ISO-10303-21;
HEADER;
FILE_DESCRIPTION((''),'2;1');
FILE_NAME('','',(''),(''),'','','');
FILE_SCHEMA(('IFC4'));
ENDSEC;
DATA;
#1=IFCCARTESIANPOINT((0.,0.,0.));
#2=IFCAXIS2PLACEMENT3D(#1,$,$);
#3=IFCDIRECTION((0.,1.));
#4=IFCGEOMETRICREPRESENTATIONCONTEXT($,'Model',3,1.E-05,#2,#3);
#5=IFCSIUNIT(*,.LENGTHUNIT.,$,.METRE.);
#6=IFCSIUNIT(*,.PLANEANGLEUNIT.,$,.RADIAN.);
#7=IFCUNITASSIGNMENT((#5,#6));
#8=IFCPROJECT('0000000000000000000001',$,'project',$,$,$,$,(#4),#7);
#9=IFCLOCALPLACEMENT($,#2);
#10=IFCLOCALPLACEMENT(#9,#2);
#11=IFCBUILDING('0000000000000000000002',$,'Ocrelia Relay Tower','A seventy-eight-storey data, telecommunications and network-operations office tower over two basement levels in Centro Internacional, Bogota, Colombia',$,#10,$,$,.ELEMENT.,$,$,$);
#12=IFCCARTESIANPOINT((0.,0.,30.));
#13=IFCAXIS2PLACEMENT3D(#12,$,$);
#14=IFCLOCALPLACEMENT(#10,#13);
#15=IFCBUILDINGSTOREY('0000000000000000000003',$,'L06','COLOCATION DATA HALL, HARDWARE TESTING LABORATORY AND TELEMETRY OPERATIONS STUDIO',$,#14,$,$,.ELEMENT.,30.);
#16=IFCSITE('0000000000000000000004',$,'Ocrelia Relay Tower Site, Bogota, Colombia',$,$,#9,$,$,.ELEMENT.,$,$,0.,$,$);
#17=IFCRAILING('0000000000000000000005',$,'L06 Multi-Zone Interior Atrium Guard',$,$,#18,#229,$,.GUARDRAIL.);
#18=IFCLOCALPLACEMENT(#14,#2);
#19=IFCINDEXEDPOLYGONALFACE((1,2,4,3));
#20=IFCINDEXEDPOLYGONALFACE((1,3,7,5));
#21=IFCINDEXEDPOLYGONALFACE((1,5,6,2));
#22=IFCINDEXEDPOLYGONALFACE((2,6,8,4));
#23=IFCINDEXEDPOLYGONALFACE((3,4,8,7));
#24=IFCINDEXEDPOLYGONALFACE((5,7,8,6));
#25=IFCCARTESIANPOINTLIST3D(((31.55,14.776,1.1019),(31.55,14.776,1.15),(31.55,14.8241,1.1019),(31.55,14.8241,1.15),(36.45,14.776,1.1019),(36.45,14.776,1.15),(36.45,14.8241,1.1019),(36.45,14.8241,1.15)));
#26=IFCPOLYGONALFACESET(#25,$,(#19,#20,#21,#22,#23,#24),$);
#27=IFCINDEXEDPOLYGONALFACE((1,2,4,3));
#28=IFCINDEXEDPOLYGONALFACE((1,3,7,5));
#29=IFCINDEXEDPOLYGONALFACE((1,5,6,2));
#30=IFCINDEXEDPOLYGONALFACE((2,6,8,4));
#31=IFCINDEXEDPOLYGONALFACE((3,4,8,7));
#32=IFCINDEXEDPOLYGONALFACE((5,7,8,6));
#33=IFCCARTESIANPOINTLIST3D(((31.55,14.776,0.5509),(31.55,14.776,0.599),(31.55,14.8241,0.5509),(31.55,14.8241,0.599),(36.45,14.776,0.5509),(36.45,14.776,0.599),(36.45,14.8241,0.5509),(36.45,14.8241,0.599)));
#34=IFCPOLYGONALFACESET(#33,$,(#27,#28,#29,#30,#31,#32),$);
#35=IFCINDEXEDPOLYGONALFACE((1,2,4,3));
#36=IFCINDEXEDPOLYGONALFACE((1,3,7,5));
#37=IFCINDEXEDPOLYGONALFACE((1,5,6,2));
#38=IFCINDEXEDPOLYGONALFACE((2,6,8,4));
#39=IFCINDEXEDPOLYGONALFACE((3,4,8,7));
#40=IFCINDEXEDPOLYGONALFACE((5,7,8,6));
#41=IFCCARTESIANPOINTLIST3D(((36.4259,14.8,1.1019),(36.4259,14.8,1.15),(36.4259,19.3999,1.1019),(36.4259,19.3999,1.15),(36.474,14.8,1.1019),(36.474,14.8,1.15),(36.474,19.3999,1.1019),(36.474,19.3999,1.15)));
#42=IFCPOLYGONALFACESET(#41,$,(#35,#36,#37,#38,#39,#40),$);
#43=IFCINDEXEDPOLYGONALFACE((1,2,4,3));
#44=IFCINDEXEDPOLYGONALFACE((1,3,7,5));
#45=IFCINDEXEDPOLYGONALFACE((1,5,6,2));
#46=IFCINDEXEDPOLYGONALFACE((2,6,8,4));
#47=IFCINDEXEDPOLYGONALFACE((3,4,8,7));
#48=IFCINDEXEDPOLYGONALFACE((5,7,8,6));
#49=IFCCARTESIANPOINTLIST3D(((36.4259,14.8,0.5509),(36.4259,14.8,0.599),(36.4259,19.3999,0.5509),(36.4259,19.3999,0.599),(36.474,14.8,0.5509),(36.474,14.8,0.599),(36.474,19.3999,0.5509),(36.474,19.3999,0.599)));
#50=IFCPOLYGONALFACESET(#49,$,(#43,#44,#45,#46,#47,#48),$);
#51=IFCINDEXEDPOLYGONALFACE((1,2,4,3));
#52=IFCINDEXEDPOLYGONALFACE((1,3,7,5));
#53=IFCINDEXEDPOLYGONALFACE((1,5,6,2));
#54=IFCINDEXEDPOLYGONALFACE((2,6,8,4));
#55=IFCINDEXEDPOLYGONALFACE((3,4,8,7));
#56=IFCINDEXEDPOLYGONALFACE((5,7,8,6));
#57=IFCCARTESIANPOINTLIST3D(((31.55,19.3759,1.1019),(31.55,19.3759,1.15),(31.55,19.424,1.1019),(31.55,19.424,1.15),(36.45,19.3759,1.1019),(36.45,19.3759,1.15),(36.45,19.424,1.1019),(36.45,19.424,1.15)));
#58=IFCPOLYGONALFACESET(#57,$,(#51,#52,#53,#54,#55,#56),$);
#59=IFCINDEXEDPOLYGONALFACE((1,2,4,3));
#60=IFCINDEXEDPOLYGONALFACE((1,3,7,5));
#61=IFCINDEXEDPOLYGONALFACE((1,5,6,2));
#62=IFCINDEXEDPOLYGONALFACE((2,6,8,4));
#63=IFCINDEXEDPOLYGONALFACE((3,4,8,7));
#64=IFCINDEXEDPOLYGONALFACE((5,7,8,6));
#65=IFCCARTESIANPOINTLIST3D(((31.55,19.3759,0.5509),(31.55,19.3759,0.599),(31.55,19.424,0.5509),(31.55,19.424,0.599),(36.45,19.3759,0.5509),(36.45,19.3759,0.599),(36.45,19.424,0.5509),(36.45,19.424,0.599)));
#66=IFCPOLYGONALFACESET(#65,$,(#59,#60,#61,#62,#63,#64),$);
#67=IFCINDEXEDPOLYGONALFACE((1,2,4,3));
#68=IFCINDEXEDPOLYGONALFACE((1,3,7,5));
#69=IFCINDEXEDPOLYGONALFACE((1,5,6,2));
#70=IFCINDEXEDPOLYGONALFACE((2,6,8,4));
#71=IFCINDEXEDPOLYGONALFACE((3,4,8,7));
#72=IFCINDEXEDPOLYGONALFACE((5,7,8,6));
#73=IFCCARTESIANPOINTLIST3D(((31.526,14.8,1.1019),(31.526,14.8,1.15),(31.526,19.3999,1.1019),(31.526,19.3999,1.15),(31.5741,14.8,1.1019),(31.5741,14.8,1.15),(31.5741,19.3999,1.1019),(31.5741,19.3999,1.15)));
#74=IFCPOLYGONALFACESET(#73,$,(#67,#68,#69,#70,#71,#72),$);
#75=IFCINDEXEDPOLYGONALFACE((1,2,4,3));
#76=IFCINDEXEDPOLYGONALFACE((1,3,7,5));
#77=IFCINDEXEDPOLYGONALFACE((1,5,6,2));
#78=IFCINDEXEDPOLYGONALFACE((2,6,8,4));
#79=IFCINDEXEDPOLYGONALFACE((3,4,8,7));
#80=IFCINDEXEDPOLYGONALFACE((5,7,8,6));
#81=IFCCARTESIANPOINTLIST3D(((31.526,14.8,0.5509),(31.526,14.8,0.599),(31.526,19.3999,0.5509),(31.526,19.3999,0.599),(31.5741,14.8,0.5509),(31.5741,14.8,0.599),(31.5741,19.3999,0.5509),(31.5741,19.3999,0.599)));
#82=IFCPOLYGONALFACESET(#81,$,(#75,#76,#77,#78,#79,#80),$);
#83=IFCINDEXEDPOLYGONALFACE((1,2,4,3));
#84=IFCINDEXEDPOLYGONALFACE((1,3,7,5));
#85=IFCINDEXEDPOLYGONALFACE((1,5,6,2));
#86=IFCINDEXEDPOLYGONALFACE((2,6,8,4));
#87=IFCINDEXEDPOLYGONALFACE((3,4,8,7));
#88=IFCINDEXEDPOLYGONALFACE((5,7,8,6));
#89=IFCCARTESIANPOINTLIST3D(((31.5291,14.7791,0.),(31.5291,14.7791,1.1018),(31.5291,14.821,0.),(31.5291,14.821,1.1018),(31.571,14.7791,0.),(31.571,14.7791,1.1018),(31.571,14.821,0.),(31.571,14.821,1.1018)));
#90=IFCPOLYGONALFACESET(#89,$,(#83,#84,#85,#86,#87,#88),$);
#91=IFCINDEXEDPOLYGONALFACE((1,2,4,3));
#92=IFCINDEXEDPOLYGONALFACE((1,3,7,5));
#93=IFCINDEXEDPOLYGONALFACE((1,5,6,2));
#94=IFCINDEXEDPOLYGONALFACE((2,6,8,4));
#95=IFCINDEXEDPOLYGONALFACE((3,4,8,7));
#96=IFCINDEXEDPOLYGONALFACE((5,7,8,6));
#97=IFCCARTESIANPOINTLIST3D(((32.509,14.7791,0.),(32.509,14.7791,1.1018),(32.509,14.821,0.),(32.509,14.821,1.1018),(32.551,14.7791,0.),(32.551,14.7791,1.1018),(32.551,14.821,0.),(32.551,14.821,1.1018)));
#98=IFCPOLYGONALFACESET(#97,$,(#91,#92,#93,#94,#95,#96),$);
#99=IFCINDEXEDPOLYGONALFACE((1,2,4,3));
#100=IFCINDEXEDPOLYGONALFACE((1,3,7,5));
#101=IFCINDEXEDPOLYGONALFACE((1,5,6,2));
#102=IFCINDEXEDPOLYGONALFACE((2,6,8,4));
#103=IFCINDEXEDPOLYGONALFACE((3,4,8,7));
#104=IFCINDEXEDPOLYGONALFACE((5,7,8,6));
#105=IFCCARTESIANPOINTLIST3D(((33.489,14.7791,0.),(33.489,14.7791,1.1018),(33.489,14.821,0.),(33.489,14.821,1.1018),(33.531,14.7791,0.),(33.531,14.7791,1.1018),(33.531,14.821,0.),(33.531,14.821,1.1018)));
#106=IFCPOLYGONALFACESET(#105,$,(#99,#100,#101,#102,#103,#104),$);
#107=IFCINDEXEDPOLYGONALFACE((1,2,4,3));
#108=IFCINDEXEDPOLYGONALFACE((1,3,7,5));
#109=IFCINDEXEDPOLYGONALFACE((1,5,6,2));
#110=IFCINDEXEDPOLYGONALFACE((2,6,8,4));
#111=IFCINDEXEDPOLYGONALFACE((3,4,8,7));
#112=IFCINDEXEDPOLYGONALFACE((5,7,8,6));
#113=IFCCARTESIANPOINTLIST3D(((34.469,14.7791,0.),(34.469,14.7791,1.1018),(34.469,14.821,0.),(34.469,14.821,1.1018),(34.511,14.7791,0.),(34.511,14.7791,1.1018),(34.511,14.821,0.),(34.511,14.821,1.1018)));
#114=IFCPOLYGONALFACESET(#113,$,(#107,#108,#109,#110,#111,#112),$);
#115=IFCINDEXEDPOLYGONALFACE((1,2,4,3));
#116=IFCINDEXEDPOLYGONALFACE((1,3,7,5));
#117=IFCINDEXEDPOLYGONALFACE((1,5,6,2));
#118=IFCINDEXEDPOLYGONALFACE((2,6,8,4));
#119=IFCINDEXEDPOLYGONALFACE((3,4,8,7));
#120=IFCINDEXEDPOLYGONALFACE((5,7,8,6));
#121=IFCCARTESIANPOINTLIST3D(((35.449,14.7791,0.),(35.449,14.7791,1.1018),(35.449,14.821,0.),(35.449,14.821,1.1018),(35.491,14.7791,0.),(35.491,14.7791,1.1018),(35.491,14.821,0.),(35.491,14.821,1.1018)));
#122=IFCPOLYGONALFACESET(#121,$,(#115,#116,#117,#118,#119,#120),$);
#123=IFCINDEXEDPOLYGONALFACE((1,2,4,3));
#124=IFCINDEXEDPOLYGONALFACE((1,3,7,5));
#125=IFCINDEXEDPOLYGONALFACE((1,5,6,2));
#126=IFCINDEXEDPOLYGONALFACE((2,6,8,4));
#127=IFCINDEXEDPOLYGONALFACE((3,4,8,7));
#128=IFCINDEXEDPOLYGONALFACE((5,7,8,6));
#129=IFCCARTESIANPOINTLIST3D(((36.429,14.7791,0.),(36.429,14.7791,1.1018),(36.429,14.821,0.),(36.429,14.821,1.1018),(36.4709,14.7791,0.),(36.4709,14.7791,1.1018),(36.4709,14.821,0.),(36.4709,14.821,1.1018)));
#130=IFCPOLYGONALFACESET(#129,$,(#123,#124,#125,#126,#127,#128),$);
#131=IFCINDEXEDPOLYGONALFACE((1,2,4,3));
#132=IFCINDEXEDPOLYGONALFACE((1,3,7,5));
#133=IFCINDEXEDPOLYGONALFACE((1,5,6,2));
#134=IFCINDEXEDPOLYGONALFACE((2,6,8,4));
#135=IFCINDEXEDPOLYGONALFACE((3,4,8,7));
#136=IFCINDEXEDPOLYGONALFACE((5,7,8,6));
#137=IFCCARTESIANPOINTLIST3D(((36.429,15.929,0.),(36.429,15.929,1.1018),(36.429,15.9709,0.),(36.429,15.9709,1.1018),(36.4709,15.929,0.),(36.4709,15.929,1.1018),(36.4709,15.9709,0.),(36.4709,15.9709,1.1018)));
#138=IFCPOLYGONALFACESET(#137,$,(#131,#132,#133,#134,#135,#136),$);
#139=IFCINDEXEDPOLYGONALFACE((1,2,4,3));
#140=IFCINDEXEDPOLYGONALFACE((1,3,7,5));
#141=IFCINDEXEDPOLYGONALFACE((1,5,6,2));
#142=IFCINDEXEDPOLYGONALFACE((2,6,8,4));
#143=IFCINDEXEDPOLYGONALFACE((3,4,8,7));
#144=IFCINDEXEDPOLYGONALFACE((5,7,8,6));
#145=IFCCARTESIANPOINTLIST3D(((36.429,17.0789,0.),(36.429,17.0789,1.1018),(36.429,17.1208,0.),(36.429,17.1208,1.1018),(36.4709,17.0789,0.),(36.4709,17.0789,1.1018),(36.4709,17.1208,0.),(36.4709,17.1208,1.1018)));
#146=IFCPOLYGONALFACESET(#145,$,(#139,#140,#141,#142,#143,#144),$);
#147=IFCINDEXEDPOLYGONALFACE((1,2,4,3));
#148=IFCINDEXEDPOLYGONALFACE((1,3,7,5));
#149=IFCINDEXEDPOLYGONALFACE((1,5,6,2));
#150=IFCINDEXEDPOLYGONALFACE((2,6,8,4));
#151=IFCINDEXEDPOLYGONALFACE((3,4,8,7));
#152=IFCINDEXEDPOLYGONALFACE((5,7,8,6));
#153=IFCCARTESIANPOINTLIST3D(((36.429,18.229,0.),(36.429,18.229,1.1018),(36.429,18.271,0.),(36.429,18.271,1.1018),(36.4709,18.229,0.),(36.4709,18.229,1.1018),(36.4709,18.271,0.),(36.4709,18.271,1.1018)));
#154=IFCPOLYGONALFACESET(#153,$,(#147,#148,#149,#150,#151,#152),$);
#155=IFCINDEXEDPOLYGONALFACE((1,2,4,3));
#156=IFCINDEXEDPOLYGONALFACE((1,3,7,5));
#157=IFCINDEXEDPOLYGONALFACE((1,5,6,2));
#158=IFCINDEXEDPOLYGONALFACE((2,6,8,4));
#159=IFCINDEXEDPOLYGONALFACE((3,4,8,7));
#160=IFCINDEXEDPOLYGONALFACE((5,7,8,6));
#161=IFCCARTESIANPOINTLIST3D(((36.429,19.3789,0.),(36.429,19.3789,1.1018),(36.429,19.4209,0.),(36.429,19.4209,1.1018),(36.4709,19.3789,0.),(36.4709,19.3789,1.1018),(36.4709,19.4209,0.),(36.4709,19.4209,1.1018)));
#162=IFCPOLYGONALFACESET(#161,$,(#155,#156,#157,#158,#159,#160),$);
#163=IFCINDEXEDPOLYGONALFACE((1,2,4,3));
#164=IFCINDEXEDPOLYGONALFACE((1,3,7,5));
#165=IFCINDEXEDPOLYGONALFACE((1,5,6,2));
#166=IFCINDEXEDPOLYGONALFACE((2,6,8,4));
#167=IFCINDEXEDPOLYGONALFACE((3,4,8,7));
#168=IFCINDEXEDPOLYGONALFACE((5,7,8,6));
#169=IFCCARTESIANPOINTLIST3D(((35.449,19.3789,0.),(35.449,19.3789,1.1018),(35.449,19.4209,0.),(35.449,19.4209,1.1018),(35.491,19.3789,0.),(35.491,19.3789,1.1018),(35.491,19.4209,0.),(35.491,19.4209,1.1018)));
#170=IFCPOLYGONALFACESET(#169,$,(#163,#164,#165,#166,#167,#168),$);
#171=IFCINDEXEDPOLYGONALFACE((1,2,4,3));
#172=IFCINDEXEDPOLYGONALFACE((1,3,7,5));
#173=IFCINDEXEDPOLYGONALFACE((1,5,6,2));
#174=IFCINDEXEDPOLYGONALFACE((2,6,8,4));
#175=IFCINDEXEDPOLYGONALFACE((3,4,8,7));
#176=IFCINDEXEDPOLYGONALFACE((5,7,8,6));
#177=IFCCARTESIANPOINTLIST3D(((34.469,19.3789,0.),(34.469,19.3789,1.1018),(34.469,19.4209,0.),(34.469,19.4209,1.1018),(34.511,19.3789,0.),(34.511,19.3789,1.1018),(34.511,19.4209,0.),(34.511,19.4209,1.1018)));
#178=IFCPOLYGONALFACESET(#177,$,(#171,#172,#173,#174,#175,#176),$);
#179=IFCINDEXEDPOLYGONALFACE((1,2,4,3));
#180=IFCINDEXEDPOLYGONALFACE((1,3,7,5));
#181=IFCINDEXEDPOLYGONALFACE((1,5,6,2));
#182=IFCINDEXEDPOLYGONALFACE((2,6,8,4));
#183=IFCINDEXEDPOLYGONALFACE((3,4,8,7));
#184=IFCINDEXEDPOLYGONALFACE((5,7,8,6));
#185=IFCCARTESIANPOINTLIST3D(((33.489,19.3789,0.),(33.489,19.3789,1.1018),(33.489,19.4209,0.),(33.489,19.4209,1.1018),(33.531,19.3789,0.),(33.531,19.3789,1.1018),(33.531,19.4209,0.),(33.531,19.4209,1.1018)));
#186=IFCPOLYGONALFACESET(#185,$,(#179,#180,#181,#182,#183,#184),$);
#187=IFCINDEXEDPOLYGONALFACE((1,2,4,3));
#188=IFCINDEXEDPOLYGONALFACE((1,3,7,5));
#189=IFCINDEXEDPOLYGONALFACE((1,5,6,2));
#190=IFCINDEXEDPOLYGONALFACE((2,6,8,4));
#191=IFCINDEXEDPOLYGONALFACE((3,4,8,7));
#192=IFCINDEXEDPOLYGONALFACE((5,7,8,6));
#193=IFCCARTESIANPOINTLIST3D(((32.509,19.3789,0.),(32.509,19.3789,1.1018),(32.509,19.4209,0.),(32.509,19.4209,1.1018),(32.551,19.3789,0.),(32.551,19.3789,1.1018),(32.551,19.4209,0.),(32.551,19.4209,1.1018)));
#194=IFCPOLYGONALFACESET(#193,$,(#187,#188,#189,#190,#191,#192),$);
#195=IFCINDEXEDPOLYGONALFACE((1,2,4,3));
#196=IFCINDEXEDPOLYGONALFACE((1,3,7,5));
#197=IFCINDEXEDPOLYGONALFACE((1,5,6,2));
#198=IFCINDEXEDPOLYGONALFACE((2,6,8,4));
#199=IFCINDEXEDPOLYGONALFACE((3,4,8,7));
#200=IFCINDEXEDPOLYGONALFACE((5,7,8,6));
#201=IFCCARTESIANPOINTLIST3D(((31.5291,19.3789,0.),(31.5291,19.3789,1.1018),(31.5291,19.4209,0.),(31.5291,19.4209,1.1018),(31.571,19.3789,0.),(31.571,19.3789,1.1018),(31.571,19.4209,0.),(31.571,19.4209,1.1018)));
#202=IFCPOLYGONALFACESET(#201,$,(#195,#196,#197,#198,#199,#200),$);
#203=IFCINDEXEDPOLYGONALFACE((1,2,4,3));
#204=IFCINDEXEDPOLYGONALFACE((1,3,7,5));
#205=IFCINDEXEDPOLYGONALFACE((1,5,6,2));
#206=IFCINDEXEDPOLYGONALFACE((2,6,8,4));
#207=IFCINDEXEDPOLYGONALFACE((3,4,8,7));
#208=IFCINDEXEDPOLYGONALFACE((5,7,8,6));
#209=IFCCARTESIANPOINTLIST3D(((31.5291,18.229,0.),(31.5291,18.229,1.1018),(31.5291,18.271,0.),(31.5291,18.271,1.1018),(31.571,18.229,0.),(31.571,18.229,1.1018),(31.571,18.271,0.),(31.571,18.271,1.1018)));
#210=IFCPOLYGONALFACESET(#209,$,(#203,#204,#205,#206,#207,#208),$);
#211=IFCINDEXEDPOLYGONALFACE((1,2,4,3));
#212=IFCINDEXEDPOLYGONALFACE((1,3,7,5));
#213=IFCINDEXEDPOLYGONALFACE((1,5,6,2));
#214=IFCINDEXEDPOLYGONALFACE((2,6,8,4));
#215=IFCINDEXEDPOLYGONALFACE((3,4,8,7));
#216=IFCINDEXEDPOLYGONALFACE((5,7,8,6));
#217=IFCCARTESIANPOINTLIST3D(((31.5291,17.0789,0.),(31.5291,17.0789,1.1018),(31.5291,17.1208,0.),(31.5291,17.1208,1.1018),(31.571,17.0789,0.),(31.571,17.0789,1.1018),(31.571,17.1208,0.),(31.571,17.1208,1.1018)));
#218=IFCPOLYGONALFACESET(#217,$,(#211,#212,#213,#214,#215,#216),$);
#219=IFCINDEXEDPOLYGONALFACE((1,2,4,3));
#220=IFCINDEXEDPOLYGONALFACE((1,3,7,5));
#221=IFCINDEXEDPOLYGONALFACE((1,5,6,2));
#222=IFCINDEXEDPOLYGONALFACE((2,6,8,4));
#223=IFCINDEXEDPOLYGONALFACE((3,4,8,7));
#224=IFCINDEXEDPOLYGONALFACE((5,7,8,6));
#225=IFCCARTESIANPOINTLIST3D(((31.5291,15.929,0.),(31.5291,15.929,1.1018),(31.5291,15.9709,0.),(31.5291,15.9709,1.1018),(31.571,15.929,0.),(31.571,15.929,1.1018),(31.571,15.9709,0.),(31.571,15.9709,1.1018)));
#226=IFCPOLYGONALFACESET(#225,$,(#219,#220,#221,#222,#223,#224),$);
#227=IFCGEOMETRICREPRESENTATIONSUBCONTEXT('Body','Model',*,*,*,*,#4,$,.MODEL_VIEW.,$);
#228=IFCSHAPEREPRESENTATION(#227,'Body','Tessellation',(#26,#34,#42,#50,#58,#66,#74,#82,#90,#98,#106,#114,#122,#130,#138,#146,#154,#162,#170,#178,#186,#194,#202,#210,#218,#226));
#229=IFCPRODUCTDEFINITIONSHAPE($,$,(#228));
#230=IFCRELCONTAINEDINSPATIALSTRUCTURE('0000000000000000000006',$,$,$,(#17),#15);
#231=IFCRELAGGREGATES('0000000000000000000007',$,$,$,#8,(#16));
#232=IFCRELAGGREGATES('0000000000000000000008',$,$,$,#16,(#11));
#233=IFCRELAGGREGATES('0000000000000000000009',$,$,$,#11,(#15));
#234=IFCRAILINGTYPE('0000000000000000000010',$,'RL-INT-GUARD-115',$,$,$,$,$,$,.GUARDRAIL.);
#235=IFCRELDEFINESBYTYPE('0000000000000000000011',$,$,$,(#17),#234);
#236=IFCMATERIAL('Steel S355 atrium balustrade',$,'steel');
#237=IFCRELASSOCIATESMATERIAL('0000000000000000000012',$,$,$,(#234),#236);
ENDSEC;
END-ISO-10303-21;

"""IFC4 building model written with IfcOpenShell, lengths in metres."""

from ifc_helpers import new_model, si_unit, direction, frame, origin, origin_2d, place, context, subcontext, project, spatial, rectangle, extrude, material, type_object, element, save


model = new_model("IFC4")

# Units and contexts
model_context = context("Model", 3, precision=1e-05, world=origin(), true_north=direction((0.0, 1.0)))
body_context = subcontext(model_context, "Body", "Model", "MODEL_VIEW")
ifc_project = project(units=[si_unit("LENGTHUNIT", "METRE"), si_unit("PLANEANGLEUNIT", "RADIAN")], contexts=[model_context])

# Site, building, storey
site_placement = place(None, origin())
site = spatial("IfcSite", under=ifc_project, at=site_placement, Name="Ocrelia Relay Tower Site, Bogota, Colombia", CompositionType="ELEMENT", RefElevation=0.0)
building_placement = place(site_placement, origin())
building = spatial("IfcBuilding", under=site, at=building_placement, Name="Ocrelia Relay Tower", Description="A seventy-eight-storey data, telecommunications and network-operations office tower over two basement levels in Centro Internacional, Bogota, Colombia", CompositionType="ELEMENT")
storey_placement = place(building_placement, frame((0.0, 0.0, 30.0)))
storey = spatial("IfcBuildingStorey", under=building, at=storey_placement, Name="L06", Description="COLOCATION DATA HALL, HARDWARE TESTING LABORATORY AND TELEMETRY OPERATIONS STUDIO", CompositionType="ELEMENT", Elevation=30.0)

# Railing
ifc_material_1 = material(Name="Steel S355 atrium balustrade", Category="steel")
railing_type_1 = type_object("IfcRailingType", Name="RL-INT-GUARD-115", PredefinedType="GUARDRAIL", material=ifc_material_1)
railing_1_placement = place(storey_placement, frame((31.55, 14.8, 0.0)))
element("IfcRailing", 1, at=railing_1_placement, inside=storey, type_object=railing_type_1, Name="L06 Multi-Zone Interior Atrium Guard", PredefinedType="GUARDRAIL", context=body_context, shape_type="SweptSolid", body=[
    extrude(rectangle(XDim=0.0481, YDim=0.0481, at=origin_2d()), frame((0.0, 0.0, 1.126), z_axis=(1.0, 0.0, 0.0), x_axis=(0.0, 1.0, 0.0)), (0.0, 0.0, 1.0), 4.8999),
    extrude(rectangle(XDim=0.0481, YDim=0.0481, at=origin_2d()), frame((0.0, 0.0, 0.575), z_axis=(1.0, 0.0, 0.0), x_axis=(0.0, 1.0, 0.0)), (0.0, 0.0, 1.0), 4.8999),
    extrude(rectangle(XDim=0.0481, YDim=0.0481, at=origin_2d()), frame((4.8999, 0.0, 1.126), z_axis=(0.0, 1.0, 0.0), x_axis=(-1.0, 0.0, 0.0)), (0.0, 0.0, 1.0), 4.5999),
    extrude(rectangle(XDim=0.0481, YDim=0.0481, at=origin_2d()), frame((4.8999, 0.0, 0.575), z_axis=(0.0, 1.0, 0.0), x_axis=(-1.0, 0.0, 0.0)), (0.0, 0.0, 1.0), 4.5999),
    extrude(rectangle(XDim=0.0481, YDim=0.0481, at=origin_2d()), frame((4.8999, 4.5999, 1.126), z_axis=(-1.0, 0.0, 0.0), x_axis=(0.0, -1.0, 0.0)), (0.0, 0.0, 1.0), 4.8999),
    extrude(rectangle(XDim=0.0481, YDim=0.0481, at=origin_2d()), frame((4.8999, 4.5999, 0.575), z_axis=(-1.0, 0.0, 0.0), x_axis=(0.0, -1.0, 0.0)), (0.0, 0.0, 1.0), 4.8999),
    extrude(rectangle(XDim=0.0481, YDim=0.0481, at=origin_2d()), frame((0.0, 4.5999, 1.126), z_axis=(0.0, -1.0, 0.0), x_axis=(1.0, 0.0, 0.0)), (0.0, 0.0, 1.0), 4.5999),
    extrude(rectangle(XDim=0.0481, YDim=0.0481, at=origin_2d()), frame((0.0, 4.5999, 0.575), z_axis=(0.0, -1.0, 0.0), x_axis=(1.0, 0.0, 0.0)), (0.0, 0.0, 1.0), 4.5999),
    extrude(rectangle(XDim=0.042, YDim=0.042, at=origin_2d()), origin(), (0.0, 0.0, 1.0), 1.1018),
    extrude(rectangle(XDim=0.042, YDim=0.042, at=origin_2d()), frame((0.98, 0.0, 0.0)), (0.0, 0.0, 1.0), 1.1018),
    extrude(rectangle(XDim=0.042, YDim=0.042, at=origin_2d()), frame((1.96, 0.0, 0.0)), (0.0, 0.0, 1.0), 1.1018),
    extrude(rectangle(XDim=0.042, YDim=0.042, at=origin_2d()), frame((2.9399, 0.0, 0.0)), (0.0, 0.0, 1.0), 1.1018),
    extrude(rectangle(XDim=0.042, YDim=0.042, at=origin_2d()), frame((3.9199, 0.0, 0.0)), (0.0, 0.0, 1.0), 1.1018),
    extrude(rectangle(XDim=0.042, YDim=0.042, at=origin_2d()), frame((4.8999, 0.0, 0.0)), (0.0, 0.0, 1.0), 1.1018),
    extrude(rectangle(XDim=0.042, YDim=0.042, at=origin_2d()), frame((4.8999, 1.1499, 0.0)), (0.0, 0.0, 1.0), 1.1018),
    extrude(rectangle(XDim=0.042, YDim=0.042, at=origin_2d()), frame((4.8999, 2.2998, 0.0)), (0.0, 0.0, 1.0), 1.1018),
    extrude(rectangle(XDim=0.042, YDim=0.042, at=origin_2d()), frame((4.8999, 3.45, 0.0)), (0.0, 0.0, 1.0), 1.1018),
    extrude(rectangle(XDim=0.042, YDim=0.042, at=origin_2d()), frame((4.8999, 4.5999, 0.0)), (0.0, 0.0, 1.0), 1.1018),
    extrude(rectangle(XDim=0.042, YDim=0.042, at=origin_2d()), frame((3.9199, 4.5999, 0.0)), (0.0, 0.0, 1.0), 1.1018),
    extrude(rectangle(XDim=0.042, YDim=0.042, at=origin_2d()), frame((2.9399, 4.5999, 0.0)), (0.0, 0.0, 1.0), 1.1018),
    extrude(rectangle(XDim=0.042, YDim=0.042, at=origin_2d()), frame((1.96, 4.5999, 0.0)), (0.0, 0.0, 1.0), 1.1018),
    extrude(rectangle(XDim=0.042, YDim=0.042, at=origin_2d()), frame((0.98, 4.5999, 0.0)), (0.0, 0.0, 1.0), 1.1018),
    extrude(rectangle(XDim=0.042, YDim=0.042, at=origin_2d()), frame((0.0, 4.5999, 0.0)), (0.0, 0.0, 1.0), 1.1018),
    extrude(rectangle(XDim=0.042, YDim=0.042, at=origin_2d()), frame((0.0, 3.45, 0.0)), (0.0, 0.0, 1.0), 1.1018),
    extrude(rectangle(XDim=0.042, YDim=0.042, at=origin_2d()), frame((0.0, 2.2998, 0.0)), (0.0, 0.0, 1.0), 1.1018),
    extrude(rectangle(XDim=0.042, YDim=0.042, at=origin_2d()), frame((0.0, 1.1499, 0.0)), (0.0, 0.0, 1.0), 1.1018),
])

save(model, "model.ifc")
